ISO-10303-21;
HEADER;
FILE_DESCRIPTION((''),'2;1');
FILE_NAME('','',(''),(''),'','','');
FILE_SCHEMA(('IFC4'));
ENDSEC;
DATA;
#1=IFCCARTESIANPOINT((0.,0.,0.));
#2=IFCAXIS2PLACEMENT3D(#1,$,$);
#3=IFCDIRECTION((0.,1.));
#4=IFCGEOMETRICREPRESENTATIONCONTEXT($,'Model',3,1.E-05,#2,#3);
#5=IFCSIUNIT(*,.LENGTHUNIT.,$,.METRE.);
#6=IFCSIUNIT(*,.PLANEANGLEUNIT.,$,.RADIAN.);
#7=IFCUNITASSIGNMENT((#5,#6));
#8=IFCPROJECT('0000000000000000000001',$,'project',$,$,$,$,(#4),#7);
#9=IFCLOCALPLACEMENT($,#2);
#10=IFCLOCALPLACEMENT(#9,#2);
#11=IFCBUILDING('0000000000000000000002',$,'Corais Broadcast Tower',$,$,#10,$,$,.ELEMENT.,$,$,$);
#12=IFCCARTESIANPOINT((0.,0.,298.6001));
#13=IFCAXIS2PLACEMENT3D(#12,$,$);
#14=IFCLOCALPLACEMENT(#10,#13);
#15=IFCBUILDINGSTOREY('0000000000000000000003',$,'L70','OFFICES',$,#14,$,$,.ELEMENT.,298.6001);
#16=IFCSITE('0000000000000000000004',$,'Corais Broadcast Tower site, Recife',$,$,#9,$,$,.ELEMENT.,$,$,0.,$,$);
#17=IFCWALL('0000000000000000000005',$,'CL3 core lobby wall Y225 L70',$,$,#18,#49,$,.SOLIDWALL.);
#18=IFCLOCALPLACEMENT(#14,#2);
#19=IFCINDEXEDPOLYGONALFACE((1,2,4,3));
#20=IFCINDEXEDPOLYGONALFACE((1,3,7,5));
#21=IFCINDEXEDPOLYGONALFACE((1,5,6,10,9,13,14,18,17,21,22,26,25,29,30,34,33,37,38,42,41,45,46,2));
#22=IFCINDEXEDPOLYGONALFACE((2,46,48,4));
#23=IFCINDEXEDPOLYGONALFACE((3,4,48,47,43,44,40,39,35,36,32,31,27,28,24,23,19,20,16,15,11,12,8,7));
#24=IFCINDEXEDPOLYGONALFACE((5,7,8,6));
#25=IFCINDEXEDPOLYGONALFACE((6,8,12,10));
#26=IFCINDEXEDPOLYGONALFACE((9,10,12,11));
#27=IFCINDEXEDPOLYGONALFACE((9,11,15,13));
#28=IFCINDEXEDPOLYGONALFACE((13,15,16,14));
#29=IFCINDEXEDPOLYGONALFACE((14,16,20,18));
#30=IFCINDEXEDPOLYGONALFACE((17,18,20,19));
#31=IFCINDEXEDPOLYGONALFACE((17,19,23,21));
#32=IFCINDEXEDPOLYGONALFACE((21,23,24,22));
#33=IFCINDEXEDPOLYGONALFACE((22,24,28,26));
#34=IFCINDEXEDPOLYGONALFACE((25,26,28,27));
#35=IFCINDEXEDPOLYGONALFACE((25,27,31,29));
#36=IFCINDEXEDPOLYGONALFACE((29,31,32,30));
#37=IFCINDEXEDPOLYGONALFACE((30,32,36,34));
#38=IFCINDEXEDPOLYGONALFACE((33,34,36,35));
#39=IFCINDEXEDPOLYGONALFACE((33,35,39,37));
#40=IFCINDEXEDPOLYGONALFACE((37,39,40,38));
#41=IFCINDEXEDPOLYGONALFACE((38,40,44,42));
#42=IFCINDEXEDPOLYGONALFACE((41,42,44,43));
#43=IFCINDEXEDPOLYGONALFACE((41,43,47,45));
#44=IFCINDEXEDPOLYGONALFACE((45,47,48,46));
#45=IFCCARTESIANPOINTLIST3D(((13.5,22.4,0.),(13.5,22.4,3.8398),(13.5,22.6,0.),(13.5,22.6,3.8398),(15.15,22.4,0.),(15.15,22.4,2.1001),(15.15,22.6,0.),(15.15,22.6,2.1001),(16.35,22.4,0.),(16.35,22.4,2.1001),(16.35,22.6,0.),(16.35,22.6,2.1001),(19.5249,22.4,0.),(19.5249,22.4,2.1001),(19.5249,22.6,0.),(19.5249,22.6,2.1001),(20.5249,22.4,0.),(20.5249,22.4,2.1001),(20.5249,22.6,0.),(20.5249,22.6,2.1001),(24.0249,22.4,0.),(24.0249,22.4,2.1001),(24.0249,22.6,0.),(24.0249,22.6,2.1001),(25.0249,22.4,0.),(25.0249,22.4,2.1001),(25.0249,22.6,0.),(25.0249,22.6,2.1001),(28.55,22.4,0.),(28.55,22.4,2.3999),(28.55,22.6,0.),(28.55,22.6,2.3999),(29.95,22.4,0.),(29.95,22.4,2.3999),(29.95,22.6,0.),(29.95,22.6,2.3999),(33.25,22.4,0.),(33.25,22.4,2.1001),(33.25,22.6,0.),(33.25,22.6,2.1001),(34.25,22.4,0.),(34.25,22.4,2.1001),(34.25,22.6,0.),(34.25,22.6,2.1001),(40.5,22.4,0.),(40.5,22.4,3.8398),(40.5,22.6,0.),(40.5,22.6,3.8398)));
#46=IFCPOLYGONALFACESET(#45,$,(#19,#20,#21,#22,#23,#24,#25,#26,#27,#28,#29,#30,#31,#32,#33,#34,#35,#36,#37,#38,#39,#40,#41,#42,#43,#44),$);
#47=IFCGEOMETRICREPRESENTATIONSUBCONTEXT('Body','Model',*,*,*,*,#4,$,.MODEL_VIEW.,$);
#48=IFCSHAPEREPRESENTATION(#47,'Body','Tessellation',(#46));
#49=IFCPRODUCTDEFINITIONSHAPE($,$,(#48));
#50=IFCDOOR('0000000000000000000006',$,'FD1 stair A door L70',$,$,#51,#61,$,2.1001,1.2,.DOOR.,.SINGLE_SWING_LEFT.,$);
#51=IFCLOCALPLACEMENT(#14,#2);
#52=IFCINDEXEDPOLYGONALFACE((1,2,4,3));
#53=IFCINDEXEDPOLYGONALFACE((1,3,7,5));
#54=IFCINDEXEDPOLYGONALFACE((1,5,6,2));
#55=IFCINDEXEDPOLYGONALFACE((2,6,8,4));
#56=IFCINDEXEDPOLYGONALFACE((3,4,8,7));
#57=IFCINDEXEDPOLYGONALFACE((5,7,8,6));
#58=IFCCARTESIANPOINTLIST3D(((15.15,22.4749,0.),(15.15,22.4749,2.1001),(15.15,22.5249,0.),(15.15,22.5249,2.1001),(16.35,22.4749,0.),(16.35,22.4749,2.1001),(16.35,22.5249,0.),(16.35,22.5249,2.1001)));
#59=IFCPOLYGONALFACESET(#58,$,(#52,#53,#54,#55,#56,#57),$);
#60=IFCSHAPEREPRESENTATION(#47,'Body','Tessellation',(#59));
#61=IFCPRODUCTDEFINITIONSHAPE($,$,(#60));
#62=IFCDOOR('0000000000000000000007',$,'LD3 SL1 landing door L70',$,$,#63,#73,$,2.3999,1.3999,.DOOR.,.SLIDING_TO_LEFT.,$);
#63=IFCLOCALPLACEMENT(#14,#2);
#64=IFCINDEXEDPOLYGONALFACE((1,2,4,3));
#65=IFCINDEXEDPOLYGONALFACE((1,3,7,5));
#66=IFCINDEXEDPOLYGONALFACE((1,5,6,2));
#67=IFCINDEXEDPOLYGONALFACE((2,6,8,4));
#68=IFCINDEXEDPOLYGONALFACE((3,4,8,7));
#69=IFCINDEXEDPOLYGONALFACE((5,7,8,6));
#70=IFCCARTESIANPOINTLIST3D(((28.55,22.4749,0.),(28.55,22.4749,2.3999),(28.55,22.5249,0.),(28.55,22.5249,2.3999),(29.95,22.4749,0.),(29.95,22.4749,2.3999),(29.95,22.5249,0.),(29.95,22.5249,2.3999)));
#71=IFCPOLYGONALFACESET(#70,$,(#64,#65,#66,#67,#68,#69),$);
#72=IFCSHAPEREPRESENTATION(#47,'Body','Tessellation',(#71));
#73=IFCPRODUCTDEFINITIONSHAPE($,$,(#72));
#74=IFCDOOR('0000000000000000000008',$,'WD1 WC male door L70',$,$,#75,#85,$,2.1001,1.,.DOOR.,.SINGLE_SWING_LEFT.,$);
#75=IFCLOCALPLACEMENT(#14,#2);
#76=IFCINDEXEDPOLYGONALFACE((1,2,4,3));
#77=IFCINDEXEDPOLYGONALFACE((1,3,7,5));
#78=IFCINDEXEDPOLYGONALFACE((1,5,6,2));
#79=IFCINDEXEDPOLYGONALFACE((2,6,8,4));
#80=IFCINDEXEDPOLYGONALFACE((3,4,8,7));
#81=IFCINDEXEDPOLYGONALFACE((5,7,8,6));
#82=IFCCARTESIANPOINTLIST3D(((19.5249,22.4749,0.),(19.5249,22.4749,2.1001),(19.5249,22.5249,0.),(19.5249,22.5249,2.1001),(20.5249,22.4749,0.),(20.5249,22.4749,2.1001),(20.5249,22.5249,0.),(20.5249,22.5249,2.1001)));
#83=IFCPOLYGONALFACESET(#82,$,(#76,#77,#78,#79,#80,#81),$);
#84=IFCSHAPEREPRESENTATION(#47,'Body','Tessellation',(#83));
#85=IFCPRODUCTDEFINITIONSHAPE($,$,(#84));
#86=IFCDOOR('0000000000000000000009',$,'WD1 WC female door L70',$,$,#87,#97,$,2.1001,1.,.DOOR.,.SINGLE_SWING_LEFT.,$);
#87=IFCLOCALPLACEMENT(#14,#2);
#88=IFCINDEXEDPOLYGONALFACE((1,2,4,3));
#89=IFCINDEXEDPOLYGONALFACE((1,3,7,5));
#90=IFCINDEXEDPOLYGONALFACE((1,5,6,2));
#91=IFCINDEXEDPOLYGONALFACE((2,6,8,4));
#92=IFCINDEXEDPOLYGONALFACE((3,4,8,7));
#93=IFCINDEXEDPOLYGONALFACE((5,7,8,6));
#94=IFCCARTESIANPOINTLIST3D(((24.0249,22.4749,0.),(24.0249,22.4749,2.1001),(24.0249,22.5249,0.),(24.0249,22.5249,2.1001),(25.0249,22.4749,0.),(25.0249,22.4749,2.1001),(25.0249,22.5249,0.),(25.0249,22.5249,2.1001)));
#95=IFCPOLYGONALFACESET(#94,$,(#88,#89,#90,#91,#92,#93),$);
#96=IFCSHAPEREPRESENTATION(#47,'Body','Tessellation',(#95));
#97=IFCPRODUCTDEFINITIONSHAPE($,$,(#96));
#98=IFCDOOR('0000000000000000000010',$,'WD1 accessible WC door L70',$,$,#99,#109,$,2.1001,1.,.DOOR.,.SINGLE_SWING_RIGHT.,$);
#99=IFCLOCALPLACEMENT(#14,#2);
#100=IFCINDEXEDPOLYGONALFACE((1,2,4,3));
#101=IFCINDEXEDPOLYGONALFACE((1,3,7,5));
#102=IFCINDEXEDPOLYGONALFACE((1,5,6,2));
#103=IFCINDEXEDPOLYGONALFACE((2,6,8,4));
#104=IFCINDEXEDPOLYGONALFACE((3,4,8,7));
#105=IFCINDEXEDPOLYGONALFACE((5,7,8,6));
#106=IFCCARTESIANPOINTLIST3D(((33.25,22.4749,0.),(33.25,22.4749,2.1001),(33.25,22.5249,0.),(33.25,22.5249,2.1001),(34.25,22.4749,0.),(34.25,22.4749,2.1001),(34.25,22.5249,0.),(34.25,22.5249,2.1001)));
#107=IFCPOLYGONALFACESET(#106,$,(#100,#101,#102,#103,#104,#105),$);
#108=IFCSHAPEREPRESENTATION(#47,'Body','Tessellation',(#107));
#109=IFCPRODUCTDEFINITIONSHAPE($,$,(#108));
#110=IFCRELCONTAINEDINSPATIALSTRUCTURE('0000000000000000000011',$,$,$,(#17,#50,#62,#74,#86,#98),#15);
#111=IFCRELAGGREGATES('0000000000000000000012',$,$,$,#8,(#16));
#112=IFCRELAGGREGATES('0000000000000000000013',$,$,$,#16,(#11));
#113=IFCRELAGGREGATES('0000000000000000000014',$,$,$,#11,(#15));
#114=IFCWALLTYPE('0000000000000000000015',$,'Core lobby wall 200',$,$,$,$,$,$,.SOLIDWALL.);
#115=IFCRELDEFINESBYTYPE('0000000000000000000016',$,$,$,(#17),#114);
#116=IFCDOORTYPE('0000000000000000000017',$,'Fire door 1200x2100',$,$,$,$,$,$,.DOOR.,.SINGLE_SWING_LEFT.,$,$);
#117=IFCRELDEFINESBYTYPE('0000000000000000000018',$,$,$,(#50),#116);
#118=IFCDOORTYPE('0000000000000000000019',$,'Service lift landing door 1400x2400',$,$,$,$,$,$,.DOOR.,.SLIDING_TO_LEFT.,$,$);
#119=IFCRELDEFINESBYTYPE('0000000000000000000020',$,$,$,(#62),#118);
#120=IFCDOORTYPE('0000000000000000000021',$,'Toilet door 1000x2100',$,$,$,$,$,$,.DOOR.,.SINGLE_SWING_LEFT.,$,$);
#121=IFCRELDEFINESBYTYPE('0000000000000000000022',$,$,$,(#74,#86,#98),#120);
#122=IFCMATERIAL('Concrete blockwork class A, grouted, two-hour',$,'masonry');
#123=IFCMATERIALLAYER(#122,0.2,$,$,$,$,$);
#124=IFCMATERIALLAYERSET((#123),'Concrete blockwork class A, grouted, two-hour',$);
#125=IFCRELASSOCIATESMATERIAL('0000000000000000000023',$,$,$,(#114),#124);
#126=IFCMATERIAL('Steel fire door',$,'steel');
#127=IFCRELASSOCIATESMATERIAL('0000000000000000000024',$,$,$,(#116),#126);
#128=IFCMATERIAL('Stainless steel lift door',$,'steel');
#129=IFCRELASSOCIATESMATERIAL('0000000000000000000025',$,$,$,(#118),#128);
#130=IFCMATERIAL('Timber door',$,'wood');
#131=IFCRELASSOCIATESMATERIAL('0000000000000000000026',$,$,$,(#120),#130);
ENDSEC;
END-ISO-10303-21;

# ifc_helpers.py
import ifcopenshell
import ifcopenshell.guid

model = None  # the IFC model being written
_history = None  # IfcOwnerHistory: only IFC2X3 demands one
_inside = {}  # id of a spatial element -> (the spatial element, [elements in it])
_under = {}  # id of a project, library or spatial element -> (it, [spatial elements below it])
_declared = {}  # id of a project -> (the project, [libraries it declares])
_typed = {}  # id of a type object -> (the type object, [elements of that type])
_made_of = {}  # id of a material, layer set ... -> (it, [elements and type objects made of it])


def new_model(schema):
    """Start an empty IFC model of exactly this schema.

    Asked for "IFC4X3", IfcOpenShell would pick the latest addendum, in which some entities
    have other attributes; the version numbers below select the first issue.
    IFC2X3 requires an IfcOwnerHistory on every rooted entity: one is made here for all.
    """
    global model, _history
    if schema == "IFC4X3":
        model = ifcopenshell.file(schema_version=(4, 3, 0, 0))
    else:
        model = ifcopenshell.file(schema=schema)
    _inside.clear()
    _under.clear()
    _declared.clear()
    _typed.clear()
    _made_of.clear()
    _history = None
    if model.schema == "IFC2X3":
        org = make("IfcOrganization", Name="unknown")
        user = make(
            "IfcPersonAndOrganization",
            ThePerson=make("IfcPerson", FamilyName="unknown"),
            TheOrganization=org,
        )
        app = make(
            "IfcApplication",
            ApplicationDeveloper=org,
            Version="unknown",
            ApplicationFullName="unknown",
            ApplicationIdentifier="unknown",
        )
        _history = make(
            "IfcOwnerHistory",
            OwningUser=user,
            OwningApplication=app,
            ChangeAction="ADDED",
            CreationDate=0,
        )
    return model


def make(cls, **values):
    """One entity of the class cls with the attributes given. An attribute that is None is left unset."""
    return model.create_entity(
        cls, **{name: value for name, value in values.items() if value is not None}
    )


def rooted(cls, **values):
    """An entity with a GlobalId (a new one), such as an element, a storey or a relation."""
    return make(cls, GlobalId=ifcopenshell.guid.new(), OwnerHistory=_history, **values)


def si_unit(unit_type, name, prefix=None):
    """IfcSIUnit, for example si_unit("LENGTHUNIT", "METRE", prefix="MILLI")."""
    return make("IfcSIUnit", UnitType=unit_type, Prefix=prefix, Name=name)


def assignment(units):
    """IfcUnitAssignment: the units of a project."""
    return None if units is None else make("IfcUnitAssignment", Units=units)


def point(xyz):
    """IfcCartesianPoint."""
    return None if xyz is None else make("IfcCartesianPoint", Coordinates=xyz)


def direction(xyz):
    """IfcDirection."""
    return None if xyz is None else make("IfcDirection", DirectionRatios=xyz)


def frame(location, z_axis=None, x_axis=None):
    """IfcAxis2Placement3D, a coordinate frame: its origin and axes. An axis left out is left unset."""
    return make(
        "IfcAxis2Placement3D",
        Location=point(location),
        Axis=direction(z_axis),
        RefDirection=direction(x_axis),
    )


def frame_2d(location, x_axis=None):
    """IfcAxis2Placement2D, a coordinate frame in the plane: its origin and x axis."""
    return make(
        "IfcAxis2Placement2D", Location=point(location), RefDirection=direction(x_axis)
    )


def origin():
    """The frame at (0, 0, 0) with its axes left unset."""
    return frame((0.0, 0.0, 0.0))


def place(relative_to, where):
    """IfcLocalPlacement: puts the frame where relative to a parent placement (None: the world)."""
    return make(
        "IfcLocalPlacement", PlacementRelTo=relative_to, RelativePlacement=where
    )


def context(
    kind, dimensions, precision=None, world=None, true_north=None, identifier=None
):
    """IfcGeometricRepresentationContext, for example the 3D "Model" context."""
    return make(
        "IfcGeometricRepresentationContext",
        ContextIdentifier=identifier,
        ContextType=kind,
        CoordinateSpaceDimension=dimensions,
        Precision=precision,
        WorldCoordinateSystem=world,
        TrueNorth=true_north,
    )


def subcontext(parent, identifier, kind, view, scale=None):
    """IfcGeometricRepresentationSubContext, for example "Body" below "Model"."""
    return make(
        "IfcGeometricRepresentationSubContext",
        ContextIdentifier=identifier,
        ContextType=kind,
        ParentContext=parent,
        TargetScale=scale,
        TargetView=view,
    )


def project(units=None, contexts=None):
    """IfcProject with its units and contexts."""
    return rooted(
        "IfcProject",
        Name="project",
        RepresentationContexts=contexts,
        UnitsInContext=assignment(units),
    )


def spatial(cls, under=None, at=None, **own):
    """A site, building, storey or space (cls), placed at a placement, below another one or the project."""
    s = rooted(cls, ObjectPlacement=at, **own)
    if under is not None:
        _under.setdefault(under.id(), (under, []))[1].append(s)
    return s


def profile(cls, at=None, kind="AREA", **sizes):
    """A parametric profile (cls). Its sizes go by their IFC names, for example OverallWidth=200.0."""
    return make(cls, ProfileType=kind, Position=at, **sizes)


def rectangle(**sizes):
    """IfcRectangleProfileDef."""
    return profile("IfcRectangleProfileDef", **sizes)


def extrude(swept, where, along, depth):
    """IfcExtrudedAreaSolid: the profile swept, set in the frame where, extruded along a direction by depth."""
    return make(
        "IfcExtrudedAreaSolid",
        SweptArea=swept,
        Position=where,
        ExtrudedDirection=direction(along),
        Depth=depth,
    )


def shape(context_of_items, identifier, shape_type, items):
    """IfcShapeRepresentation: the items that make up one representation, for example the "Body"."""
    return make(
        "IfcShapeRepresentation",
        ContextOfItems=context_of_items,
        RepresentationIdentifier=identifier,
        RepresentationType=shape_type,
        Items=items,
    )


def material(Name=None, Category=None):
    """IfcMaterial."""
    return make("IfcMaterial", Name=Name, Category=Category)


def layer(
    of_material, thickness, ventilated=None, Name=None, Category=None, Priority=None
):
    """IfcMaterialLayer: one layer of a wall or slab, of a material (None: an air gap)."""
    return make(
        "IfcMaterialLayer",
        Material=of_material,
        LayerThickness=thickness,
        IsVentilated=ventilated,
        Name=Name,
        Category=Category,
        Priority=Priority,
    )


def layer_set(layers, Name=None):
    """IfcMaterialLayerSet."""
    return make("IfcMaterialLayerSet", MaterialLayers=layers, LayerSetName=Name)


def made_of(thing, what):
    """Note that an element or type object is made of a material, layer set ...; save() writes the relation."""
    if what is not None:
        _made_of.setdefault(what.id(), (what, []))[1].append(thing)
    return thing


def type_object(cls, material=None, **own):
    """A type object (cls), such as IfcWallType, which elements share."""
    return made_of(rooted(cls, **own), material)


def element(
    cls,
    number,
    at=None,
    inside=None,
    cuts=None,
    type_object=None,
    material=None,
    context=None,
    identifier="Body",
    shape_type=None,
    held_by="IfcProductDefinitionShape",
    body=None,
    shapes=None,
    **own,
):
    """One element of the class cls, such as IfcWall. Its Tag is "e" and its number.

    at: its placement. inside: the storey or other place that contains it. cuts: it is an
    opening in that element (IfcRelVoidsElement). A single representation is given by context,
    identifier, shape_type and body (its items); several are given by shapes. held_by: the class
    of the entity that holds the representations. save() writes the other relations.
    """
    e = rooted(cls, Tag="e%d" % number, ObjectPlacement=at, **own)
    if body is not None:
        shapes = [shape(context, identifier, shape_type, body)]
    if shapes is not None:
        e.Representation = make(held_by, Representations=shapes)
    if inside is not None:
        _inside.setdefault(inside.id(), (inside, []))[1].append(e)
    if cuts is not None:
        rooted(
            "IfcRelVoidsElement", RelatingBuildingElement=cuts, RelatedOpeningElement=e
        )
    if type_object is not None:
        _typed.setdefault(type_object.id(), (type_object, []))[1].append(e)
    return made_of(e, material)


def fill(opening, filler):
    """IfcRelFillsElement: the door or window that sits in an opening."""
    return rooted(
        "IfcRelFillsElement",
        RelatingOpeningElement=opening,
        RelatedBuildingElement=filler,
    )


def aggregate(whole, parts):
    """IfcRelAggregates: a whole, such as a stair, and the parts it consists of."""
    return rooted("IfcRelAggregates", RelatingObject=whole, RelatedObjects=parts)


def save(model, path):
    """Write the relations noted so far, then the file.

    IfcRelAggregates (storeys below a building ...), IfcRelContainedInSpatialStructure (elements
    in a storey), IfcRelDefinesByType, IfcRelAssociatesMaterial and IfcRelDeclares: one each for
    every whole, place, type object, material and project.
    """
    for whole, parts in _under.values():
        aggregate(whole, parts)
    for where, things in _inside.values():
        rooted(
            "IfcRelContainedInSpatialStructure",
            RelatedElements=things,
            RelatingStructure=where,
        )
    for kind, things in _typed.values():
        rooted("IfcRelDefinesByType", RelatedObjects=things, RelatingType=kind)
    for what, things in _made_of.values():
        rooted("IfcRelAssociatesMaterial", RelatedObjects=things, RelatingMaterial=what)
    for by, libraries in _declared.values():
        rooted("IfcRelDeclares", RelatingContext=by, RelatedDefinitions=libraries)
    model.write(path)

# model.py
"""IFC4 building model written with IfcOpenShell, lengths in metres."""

from ifc_helpers import new_model, si_unit, direction, frame, frame_2d, origin, place, context, subcontext, project, spatial, rectangle, extrude, material, layer, layer_set, type_object, element, fill, save


model = new_model("IFC4")

# Units and contexts
model_context = context("Model", 3, precision=1e-05, world=origin(), true_north=direction((0.0, 1.0)))
body_context = subcontext(model_context, "Body", "Model", "MODEL_VIEW")
ifc_project = project(units=[si_unit("LENGTHUNIT", "METRE"), si_unit("PLANEANGLEUNIT", "RADIAN")], contexts=[model_context])

# Site, building, storey
site_placement = place(None, origin())
site = spatial("IfcSite", under=ifc_project, at=site_placement, Name="Corais Broadcast Tower site, Recife", CompositionType="ELEMENT", RefElevation=0.0)
building_placement = place(site_placement, origin())
building = spatial("IfcBuilding", under=site, at=building_placement, Name="Corais Broadcast Tower", CompositionType="ELEMENT")
storey_placement = place(building_placement, frame((0.0, 0.0, 298.6001)))
storey = spatial("IfcBuildingStorey", under=building, at=storey_placement, Name="L70", Description="OFFICES", CompositionType="ELEMENT", Elevation=298.6001)

# Wall, openings, doors
ifc_material_1 = material(Name="Concrete blockwork class A, grouted, two-hour", Category="masonry")
ifc_layer_1 = layer(ifc_material_1, 0.2)
ifc_layer_set_1 = layer_set([ifc_layer_1], Name="Concrete blockwork class A, grouted, two-hour")
wall_type_1 = type_object("IfcWallType", Name="Core lobby wall 200", PredefinedType="SOLIDWALL", material=ifc_layer_set_1)
wall_1_placement = place(storey_placement, frame((13.5, 22.5, 0.0), z_axis=(0.0, 0.0, 1.0), x_axis=(1.0, 0.0, 0.0)))
wall_1 = element("IfcWall", 1, at=wall_1_placement, inside=storey, type_object=wall_type_1, Name="CL3 core lobby wall Y225 L70", PredefinedType="SOLIDWALL", context=body_context, shape_type="SweptSolid", body=[
    extrude(rectangle(XDim=27.0, YDim=0.2, at=frame_2d((13.5, 0.0))), origin(), (0.0, 0.0, 1.0), 3.8398),
])
opening_1_placement = place(wall_1_placement, frame((1.6499, 0.0, 0.0)))
opening_1 = element("IfcOpeningElement", 2, at=opening_1_placement, cuts=wall_1, PredefinedType="OPENING", context=body_context, shape_type="SweptSolid", body=[
    extrude(rectangle(XDim=1.2, YDim=2.1001, at=frame_2d((0.6001, 1.05))), frame((0.0, 0.1099, 0.0), z_axis=(0.0, -1.0, 0.0), x_axis=(1.0, 0.0, 0.0)), (0.0, 0.0, 1.0), 0.22),
])
opening_2_placement = place(wall_1_placement, frame((6.0249, 0.0, 0.0)))
opening_2 = element("IfcOpeningElement", 3, at=opening_2_placement, cuts=wall_1, PredefinedType="OPENING", context=body_context, shape_type="SweptSolid", body=[
    extrude(rectangle(XDim=1.0, YDim=2.1001, at=frame_2d((0.5, 1.05))), frame((0.0, 0.1099, 0.0), z_axis=(0.0, -1.0, 0.0), x_axis=(1.0, 0.0, 0.0)), (0.0, 0.0, 1.0), 0.22),
])
opening_3_placement = place(wall_1_placement, frame((10.5249, 0.0, 0.0)))
opening_3 = element("IfcOpeningElement", 4, at=opening_3_placement, cuts=wall_1, PredefinedType="OPENING", context=body_context, shape_type="SweptSolid", body=[
    extrude(rectangle(XDim=1.0, YDim=2.1001, at=frame_2d((0.5, 1.05))), frame((0.0, 0.1099, 0.0), z_axis=(0.0, -1.0, 0.0), x_axis=(1.0, 0.0, 0.0)), (0.0, 0.0, 1.0), 0.22),
])
opening_4_placement = place(wall_1_placement, frame((19.75, 0.0, 0.0)))
opening_4 = element("IfcOpeningElement", 5, at=opening_4_placement, cuts=wall_1, PredefinedType="OPENING", context=body_context, shape_type="SweptSolid", body=[
    extrude(rectangle(XDim=1.0, YDim=2.1001, at=frame_2d((0.5, 1.05))), frame((0.0, 0.1099, 0.0), z_axis=(0.0, -1.0, 0.0), x_axis=(1.0, 0.0, 0.0)), (0.0, 0.0, 1.0), 0.22),
])
opening_5_placement = place(wall_1_placement, frame((15.05, 0.0, 0.0)))
opening_5 = element("IfcOpeningElement", 6, at=opening_5_placement, cuts=wall_1, PredefinedType="OPENING", context=body_context, shape_type="SweptSolid", body=[
    extrude(rectangle(XDim=1.3999, YDim=2.3999, at=frame_2d((0.7, 1.2))), frame((0.0, 0.1099, 0.0), z_axis=(0.0, -1.0, 0.0), x_axis=(1.0, 0.0, 0.0)), (0.0, 0.0, 1.0), 0.22),
])
ifc_material_2 = material(Name="Steel fire door", Category="steel")
door_type_1 = type_object("IfcDoorType", Name="Fire door 1200x2100", OperationType="SINGLE_SWING_LEFT", PredefinedType="DOOR", material=ifc_material_2)
door_1_placement = place(opening_1_placement, origin())
door_1 = element("IfcDoor", 7, at=door_1_placement, inside=storey, type_object=door_type_1, Name="FD1 stair A door L70", OperationType="SINGLE_SWING_LEFT", OverallHeight=2.1001, OverallWidth=1.2, PredefinedType="DOOR", context=body_context, shape_type="SweptSolid", body=[
    extrude(rectangle(XDim=1.2, YDim=2.1001, at=frame_2d((0.6001, 1.05))), frame((0.0, 0.0249, 0.0), z_axis=(0.0, -1.0, 0.0), x_axis=(1.0, 0.0, 0.0)), (0.0, 0.0, 1.0), 0.05),
])
fill(opening_1, door_1)
ifc_material_3 = material(Name="Stainless steel lift door", Category="steel")
door_type_2 = type_object("IfcDoorType", Name="Service lift landing door 1400x2400", OperationType="SLIDING_TO_LEFT", PredefinedType="DOOR", material=ifc_material_3)
door_2_placement = place(opening_5_placement, origin())
door_2 = element("IfcDoor", 8, at=door_2_placement, inside=storey, type_object=door_type_2, Name="LD3 SL1 landing door L70", OperationType="SLIDING_TO_LEFT", OverallHeight=2.3999, OverallWidth=1.3999, PredefinedType="DOOR", context=body_context, shape_type="SweptSolid", body=[
    extrude(rectangle(XDim=1.3999, YDim=2.3999, at=frame_2d((0.7, 1.2))), frame((0.0, 0.0249, 0.0), z_axis=(0.0, -1.0, 0.0), x_axis=(1.0, 0.0, 0.0)), (0.0, 0.0, 1.0), 0.05),
])
fill(opening_5, door_2)
ifc_material_4 = material(Name="Timber door", Category="wood")
door_type_3 = type_object("IfcDoorType", Name="Toilet door 1000x2100", OperationType="SINGLE_SWING_LEFT", PredefinedType="DOOR", material=ifc_material_4)
door_3_placement = place(opening_2_placement, origin())
door_3 = element("IfcDoor", 9, at=door_3_placement, inside=storey, type_object=door_type_3, Name="WD1 WC male door L70", OperationType="SINGLE_SWING_LEFT", OverallHeight=2.1001, OverallWidth=1.0, PredefinedType="DOOR", context=body_context, shape_type="SweptSolid", body=[
    extrude(rectangle(XDim=1.0, YDim=2.1001, at=frame_2d((0.5, 1.05))), frame((0.0, 0.0249, 0.0), z_axis=(0.0, -1.0, 0.0), x_axis=(1.0, 0.0, 0.0)), (0.0, 0.0, 1.0), 0.05),
])
fill(opening_2, door_3)
door_4_placement = place(opening_3_placement, origin())
door_4 = element("IfcDoor", 10, at=door_4_placement, inside=storey, type_object=door_type_3, Name="WD1 WC female door L70", OperationType="SINGLE_SWING_LEFT", OverallHeight=2.1001, OverallWidth=1.0, PredefinedType="DOOR", context=body_context, shape_type="SweptSolid", body=[
    extrude(rectangle(XDim=1.0, YDim=2.1001, at=frame_2d((0.5, 1.05))), frame((0.0, 0.0249, 0.0), z_axis=(0.0, -1.0, 0.0), x_axis=(1.0, 0.0, 0.0)), (0.0, 0.0, 1.0), 0.05),
])
fill(opening_3, door_4)
door_5_placement = place(opening_4_placement, origin())
door_5 = element("IfcDoor", 11, at=door_5_placement, inside=storey, type_object=door_type_3, Name="WD1 accessible WC door L70", OperationType="SINGLE_SWING_RIGHT", OverallHeight=2.1001, OverallWidth=1.0, PredefinedType="DOOR", context=body_context, shape_type="SweptSolid", body=[
    extrude(rectangle(XDim=1.0, YDim=2.1001, at=frame_2d((0.5, 1.05))), frame((0.0, 0.0249, 0.0), z_axis=(0.0, -1.0, 0.0), x_axis=(1.0, 0.0, 0.0)), (0.0, 0.0, 1.0), 0.05),
])
fill(opening_4, door_5)

save(model, "model.ifc")
